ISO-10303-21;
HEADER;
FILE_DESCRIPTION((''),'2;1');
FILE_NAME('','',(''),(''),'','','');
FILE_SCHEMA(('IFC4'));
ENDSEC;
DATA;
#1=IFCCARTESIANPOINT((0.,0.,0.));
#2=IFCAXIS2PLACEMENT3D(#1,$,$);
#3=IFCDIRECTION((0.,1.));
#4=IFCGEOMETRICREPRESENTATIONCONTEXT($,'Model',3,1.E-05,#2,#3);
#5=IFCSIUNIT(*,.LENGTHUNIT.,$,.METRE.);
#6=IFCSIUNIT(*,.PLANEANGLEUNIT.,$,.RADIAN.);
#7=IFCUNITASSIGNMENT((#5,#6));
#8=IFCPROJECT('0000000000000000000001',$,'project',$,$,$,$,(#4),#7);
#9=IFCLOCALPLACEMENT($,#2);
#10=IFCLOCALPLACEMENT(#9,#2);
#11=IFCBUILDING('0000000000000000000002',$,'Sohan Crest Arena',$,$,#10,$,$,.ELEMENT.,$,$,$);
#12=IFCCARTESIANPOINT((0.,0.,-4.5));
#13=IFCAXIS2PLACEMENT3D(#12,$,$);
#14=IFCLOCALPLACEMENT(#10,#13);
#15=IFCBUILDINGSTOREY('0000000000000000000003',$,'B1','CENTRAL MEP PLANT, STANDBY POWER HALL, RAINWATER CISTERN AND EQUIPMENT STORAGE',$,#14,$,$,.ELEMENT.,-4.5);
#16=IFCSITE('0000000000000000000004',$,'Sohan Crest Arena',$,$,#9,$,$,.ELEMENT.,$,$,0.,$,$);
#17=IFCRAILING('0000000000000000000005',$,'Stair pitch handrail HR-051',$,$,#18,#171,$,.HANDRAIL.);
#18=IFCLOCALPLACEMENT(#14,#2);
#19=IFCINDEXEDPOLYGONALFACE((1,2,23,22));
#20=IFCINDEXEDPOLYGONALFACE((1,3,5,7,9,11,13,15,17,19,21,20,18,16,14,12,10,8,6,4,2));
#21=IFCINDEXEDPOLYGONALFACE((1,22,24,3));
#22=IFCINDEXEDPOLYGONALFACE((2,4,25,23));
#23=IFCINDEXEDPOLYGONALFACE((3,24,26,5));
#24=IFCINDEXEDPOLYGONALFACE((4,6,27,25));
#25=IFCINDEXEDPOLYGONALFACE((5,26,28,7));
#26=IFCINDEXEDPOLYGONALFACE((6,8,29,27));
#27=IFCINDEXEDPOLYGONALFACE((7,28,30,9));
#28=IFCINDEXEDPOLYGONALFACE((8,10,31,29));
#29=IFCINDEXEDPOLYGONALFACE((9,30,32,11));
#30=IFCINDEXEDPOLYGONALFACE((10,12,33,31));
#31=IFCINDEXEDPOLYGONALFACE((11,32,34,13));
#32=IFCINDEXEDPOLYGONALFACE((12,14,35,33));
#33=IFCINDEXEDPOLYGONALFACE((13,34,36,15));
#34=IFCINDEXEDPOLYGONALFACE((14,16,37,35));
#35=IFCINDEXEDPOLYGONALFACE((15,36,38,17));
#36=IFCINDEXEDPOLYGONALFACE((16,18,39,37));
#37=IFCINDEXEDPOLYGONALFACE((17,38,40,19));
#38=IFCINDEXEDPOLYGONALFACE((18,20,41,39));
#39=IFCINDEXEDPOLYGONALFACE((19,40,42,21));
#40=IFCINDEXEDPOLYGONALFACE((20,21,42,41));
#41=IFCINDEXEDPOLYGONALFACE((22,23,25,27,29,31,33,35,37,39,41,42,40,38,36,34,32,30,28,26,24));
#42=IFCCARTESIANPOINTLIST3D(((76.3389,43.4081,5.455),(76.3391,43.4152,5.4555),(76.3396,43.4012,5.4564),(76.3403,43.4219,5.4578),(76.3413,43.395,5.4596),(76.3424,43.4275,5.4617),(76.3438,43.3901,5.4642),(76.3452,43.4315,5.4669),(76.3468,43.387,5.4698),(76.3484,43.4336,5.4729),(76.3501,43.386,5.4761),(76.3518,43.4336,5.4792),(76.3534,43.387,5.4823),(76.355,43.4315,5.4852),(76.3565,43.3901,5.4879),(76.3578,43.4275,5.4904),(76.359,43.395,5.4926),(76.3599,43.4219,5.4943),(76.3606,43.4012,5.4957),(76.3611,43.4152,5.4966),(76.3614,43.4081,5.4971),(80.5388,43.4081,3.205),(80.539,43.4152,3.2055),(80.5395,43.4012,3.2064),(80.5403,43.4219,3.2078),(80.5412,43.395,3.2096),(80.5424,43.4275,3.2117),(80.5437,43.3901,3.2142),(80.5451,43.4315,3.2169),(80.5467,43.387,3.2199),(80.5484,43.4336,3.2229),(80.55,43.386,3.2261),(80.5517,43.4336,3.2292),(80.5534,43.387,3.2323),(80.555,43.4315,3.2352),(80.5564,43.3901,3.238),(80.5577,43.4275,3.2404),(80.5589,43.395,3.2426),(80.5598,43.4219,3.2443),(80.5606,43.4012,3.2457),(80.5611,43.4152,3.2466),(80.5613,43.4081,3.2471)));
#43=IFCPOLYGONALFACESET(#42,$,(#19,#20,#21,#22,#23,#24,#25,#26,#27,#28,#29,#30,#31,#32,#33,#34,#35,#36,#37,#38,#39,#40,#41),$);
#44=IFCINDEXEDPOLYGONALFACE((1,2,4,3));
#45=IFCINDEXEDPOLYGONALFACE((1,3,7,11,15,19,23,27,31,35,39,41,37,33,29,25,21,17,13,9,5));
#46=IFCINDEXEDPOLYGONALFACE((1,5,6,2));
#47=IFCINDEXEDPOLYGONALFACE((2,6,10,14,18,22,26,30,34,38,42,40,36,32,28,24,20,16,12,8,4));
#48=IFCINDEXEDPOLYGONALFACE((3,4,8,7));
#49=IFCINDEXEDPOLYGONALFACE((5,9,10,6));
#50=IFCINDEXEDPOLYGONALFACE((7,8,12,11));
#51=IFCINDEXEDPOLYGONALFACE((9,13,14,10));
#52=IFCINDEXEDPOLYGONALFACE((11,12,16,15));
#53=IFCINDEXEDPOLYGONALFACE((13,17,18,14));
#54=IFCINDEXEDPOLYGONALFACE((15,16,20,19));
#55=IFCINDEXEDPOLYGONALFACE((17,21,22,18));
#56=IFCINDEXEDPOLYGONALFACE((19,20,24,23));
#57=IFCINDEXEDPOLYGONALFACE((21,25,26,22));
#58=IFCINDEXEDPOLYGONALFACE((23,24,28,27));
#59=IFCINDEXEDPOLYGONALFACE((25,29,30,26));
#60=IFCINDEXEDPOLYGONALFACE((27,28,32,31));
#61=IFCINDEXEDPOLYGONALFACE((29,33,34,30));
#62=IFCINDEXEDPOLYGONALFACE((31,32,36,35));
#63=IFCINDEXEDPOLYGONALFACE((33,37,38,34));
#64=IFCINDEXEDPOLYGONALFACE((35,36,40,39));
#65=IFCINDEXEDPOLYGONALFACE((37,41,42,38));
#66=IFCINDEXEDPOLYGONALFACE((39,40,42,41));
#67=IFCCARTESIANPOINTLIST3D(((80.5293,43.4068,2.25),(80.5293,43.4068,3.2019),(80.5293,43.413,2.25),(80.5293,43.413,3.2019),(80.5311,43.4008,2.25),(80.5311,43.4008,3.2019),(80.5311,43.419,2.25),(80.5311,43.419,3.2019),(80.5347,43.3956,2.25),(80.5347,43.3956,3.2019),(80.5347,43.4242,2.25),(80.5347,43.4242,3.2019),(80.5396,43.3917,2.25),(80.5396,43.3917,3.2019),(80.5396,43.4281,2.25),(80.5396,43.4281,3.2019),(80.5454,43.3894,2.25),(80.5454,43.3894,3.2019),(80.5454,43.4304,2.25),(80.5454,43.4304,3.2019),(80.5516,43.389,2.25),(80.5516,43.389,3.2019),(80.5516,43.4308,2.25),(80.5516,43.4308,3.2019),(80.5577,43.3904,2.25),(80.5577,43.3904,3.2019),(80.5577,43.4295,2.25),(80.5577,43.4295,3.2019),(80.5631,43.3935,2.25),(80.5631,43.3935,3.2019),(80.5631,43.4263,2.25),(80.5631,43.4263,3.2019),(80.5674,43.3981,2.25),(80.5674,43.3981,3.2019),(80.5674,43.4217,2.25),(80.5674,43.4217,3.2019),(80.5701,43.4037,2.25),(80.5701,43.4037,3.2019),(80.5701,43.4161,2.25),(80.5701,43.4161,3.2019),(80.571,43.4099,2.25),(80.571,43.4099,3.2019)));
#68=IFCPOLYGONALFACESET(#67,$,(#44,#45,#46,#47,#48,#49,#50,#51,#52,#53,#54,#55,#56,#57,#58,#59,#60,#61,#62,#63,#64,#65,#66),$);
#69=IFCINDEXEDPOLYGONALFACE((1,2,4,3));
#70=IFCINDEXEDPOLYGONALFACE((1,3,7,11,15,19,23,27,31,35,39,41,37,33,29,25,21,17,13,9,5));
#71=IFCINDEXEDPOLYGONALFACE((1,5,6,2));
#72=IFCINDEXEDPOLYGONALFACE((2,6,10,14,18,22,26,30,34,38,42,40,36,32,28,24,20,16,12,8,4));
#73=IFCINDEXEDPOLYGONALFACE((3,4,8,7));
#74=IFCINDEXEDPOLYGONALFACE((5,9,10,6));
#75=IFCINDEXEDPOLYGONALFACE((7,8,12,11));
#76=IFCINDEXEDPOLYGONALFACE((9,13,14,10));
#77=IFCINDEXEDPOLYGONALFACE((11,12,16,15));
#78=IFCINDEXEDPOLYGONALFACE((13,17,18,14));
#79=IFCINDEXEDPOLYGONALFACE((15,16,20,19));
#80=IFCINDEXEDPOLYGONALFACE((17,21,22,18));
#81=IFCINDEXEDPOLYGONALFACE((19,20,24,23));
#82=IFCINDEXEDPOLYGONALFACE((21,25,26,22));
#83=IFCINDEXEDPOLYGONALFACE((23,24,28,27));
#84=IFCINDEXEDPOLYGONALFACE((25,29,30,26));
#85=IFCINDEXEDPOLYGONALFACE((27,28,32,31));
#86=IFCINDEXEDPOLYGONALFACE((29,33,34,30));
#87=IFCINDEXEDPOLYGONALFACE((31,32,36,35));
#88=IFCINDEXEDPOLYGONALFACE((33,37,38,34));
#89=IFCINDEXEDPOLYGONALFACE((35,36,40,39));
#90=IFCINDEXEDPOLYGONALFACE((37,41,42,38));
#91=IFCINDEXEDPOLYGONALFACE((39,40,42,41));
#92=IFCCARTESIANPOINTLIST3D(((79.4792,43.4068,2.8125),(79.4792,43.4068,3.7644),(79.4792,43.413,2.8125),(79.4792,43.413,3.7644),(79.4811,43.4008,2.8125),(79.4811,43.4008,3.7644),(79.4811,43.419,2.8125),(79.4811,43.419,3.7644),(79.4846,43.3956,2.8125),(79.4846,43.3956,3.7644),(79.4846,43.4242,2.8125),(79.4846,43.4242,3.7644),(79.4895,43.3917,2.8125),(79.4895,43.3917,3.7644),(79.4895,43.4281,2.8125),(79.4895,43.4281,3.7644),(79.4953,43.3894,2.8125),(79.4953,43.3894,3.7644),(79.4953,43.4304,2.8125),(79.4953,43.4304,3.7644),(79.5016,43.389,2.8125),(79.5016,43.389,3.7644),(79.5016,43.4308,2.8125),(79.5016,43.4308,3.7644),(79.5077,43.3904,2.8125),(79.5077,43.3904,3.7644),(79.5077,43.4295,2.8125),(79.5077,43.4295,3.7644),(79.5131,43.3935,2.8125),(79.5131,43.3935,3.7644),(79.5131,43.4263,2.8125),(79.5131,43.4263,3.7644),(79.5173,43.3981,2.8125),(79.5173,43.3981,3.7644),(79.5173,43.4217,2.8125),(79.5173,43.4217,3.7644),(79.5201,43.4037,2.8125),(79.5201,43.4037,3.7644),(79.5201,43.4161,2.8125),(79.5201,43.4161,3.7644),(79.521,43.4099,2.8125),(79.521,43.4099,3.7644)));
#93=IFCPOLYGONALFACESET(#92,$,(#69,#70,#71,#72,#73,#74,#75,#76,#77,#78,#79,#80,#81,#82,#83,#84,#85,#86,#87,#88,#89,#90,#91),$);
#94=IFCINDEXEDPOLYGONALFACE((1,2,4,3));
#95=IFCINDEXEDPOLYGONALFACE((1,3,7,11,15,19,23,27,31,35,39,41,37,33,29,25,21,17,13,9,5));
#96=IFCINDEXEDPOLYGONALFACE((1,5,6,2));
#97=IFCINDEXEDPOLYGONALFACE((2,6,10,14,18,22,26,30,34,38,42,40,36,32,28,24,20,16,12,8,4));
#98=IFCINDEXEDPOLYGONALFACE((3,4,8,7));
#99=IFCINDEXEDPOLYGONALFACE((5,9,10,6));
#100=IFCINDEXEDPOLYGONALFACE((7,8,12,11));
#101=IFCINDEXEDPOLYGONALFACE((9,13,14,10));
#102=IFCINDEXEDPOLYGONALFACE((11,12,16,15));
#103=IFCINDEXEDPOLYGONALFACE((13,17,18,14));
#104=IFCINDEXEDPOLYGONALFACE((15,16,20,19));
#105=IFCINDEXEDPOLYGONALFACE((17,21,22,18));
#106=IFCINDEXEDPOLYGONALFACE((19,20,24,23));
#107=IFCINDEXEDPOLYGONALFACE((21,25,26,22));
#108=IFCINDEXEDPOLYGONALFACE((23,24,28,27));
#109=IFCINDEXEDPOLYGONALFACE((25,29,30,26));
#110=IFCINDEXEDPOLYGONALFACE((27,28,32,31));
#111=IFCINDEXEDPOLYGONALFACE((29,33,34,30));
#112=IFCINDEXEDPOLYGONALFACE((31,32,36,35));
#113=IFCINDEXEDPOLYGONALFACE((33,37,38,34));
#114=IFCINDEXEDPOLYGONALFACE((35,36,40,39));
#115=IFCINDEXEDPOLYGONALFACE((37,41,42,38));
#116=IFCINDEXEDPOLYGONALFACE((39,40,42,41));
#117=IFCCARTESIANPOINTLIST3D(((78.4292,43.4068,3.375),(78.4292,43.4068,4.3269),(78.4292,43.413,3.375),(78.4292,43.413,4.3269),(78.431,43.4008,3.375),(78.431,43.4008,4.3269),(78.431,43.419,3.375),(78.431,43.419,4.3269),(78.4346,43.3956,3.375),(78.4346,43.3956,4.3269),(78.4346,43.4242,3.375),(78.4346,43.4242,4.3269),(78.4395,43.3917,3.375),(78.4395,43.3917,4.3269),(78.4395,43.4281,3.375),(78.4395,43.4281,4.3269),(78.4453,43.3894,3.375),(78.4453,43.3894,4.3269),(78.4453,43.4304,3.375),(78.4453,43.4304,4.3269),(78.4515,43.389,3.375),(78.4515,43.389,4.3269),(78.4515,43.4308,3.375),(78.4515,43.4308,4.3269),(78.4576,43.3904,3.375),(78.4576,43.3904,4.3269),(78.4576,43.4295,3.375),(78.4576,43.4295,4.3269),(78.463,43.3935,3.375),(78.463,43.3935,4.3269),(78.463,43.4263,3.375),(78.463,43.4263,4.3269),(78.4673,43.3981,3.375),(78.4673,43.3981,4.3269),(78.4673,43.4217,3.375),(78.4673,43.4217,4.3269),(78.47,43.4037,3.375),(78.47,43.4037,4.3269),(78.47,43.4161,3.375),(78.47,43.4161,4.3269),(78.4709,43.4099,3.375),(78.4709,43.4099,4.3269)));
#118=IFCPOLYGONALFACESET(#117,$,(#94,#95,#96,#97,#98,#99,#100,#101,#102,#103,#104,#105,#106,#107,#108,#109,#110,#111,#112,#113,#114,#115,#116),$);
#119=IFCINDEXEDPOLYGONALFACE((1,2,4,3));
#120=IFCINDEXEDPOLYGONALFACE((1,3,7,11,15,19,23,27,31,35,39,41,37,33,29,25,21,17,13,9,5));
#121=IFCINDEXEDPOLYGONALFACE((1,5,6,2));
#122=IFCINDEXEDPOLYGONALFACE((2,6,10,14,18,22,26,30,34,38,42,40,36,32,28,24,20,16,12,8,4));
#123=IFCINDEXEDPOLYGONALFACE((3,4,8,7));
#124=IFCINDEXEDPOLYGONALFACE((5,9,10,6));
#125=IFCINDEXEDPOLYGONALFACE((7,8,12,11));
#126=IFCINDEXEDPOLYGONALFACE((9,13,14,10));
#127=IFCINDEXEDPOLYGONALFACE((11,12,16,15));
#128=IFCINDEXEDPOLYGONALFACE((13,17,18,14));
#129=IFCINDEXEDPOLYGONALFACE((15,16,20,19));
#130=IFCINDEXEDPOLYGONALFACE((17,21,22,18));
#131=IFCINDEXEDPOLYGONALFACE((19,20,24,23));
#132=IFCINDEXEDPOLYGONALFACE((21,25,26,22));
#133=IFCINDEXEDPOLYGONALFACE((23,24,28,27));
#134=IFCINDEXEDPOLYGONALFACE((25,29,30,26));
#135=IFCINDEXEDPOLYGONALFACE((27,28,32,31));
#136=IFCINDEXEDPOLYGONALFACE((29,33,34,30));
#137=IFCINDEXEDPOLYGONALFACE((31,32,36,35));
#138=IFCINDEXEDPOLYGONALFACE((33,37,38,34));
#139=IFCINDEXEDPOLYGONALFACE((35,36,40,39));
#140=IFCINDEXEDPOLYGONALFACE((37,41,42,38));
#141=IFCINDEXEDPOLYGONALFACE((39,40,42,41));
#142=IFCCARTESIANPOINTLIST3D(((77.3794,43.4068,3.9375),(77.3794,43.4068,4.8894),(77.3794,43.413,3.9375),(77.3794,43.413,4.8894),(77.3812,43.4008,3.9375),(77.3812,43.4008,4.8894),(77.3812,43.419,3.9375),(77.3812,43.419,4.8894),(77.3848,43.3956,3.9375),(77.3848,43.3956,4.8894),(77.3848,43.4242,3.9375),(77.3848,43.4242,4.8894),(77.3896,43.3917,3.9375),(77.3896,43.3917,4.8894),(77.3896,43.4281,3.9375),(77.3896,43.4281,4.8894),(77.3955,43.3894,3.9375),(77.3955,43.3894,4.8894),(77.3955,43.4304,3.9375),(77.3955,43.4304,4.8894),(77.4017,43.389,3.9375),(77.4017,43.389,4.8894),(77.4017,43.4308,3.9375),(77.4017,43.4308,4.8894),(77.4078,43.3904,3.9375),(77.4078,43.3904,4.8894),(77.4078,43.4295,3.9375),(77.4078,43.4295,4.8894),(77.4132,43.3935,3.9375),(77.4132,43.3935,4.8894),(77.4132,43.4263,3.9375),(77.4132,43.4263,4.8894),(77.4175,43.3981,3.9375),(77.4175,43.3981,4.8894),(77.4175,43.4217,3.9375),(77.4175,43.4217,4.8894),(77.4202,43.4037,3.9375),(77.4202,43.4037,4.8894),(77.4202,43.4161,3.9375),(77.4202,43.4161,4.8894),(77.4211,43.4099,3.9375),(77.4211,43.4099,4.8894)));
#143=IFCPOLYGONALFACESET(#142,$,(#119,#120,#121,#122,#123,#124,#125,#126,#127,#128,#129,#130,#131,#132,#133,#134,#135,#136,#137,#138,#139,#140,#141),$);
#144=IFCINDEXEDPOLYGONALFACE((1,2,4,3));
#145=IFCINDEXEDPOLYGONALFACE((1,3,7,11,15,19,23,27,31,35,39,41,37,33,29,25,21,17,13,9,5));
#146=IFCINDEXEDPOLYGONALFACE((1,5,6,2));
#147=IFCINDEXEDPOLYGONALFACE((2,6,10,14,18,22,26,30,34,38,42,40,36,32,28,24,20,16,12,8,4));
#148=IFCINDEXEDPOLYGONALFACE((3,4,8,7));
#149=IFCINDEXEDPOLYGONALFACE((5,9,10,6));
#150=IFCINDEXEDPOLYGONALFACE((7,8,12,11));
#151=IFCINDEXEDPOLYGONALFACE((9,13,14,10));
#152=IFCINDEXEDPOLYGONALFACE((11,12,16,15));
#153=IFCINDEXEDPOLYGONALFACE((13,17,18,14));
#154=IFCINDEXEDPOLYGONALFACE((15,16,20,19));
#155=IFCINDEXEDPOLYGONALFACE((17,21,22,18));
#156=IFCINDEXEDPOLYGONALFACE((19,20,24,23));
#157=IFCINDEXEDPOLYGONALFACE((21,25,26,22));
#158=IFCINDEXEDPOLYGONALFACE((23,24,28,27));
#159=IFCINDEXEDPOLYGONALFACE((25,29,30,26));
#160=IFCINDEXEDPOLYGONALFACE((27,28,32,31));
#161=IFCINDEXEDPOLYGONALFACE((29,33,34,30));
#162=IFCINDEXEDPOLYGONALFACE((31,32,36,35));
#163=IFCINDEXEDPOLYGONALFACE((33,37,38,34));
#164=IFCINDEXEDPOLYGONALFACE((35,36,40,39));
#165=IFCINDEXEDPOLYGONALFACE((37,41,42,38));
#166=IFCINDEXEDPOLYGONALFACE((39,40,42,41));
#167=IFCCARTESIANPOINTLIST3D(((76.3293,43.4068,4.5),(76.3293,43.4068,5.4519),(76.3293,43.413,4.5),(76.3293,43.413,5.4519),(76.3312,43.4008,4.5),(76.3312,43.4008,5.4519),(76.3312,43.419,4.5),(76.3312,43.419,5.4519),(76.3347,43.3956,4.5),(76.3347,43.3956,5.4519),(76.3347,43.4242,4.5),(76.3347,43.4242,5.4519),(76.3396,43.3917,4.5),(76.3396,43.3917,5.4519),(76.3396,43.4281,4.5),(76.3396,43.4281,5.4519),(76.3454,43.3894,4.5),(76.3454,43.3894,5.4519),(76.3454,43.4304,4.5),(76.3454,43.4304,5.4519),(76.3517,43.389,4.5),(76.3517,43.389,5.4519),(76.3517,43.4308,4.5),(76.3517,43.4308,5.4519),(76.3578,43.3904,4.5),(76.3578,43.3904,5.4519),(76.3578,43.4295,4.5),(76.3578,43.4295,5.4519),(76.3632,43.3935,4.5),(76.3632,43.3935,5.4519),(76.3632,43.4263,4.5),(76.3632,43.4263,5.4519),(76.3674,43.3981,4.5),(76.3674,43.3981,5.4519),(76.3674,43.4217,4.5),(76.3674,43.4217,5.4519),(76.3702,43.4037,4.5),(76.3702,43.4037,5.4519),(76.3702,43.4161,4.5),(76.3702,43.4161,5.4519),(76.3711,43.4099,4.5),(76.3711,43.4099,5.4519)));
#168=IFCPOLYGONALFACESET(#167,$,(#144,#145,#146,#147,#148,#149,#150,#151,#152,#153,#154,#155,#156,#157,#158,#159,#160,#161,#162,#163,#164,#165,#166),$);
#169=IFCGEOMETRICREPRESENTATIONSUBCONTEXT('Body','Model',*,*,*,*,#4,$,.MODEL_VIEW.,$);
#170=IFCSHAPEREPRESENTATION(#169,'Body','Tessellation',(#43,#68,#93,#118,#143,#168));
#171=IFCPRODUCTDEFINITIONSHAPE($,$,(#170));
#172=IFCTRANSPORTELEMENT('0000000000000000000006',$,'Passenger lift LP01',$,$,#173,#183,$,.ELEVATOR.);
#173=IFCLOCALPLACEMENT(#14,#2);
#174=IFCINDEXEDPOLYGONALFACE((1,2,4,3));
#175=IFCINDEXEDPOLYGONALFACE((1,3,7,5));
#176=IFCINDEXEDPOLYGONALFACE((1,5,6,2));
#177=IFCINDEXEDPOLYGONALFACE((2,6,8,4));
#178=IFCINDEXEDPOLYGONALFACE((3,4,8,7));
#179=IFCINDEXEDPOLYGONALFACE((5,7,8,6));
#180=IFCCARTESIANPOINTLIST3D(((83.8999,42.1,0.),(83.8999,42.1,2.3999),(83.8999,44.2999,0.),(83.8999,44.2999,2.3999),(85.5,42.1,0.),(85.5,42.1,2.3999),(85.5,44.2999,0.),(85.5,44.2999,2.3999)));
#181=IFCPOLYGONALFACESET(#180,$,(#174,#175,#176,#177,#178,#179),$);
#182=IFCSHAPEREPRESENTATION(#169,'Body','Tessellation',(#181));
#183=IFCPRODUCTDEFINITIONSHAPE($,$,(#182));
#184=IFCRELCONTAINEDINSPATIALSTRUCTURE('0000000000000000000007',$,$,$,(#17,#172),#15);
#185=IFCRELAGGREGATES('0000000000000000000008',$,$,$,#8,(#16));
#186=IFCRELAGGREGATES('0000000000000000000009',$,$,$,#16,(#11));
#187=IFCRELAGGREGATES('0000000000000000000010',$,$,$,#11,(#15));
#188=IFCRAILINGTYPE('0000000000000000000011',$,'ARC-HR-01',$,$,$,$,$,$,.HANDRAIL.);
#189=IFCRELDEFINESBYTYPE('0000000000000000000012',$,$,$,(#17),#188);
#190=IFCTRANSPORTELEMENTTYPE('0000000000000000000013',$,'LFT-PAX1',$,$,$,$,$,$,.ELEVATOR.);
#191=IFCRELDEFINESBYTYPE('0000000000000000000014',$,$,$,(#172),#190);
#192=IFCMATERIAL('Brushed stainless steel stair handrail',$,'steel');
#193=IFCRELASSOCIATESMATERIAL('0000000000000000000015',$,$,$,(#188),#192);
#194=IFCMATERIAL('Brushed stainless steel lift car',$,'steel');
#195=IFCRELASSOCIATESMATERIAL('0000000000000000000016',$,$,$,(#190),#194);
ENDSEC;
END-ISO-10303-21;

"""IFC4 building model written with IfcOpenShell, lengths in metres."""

from ifc_helpers import new_model, si_unit, direction, frame, origin, origin_2d, place, context, subcontext, project, spatial, rectangle, circle, extrude, material, type_object, element, save


model = new_model("IFC4")

# Units and contexts
model_context = context("Model", 3, precision=1e-05, world=origin(), true_north=direction((0.0, 1.0)))
body_context = subcontext(model_context, "Body", "Model", "MODEL_VIEW")
ifc_project = project(units=[si_unit("LENGTHUNIT", "METRE"), si_unit("PLANEANGLEUNIT", "RADIAN")], contexts=[model_context])

# Site, building, storey
site_placement = place(None, origin())
site = spatial("IfcSite", under=ifc_project, at=site_placement, Name="Sohan Crest Arena", CompositionType="ELEMENT", RefElevation=0.0)
building_placement = place(site_placement, origin())
building = spatial("IfcBuilding", under=site, at=building_placement, Name="Sohan Crest Arena", CompositionType="ELEMENT")
storey_placement = place(building_placement, frame((0.0, 0.0, -4.5)))
storey = spatial("IfcBuildingStorey", under=building, at=storey_placement, Name="B1", Description="CENTRAL MEP PLANT, STANDBY POWER HALL, RAINWATER CISTERN AND EQUIPMENT STORAGE", CompositionType="ELEMENT", Elevation=-4.5)

# Railing
ifc_material_1 = material(Name="Brushed stainless steel stair handrail", Category="steel")
railing_type_1 = type_object("IfcRailingType", Name="ARC-HR-01", PredefinedType="HANDRAIL", material=ifc_material_1)
railing_1_placement = place(storey_placement, frame((80.55, 43.4099, 2.25)))
element("IfcRailing", 1, at=railing_1_placement, inside=storey, type_object=railing_type_1, Name="Stair pitch handrail HR-051", PredefinedType="HANDRAIL", context=body_context, shape_type="SweptSolid", body=[
    extrude(circle(Radius=0.0239, at=origin_2d()), frame((0.0, 0.0, 0.9761), z_axis=(-0.881478, 0.0, 0.472226), x_axis=(0.0, -1.0, 0.0)), (0.0, 0.0, 1.0), 4.7646),
    extrude(circle(Radius=0.021, at=origin_2d()), origin(), (0.0, 0.0, 1.0), 0.9519),
    extrude(circle(Radius=0.021, at=origin_2d()), frame((-1.05, 0.0, 0.5625)), (0.0, 0.0, 1.0), 0.9519),
    extrude(circle(Radius=0.021, at=origin_2d()), frame((-2.1001, 0.0, 1.125)), (0.0, 0.0, 1.0), 0.9519),
    extrude(circle(Radius=0.021, at=origin_2d()), frame((-3.1499, 0.0, 1.6875)), (0.0, 0.0, 1.0), 0.9519),
    extrude(circle(Radius=0.021, at=origin_2d()), frame((-4.2, 0.0, 2.25)), (0.0, 0.0, 1.0), 0.9519),
])

# Transport element
ifc_material_2 = material(Name="Brushed stainless steel lift car", Category="steel")
transport_element_type = type_object("IfcTransportElementType", Name="LFT-PAX1", PredefinedType="ELEVATOR", material=ifc_material_2)
transport_element_placement = place(storey_placement, frame((84.7, 43.2, 0.0), z_axis=(0.0, 0.0, 1.0), x_axis=(1.0, 0.0, 0.0)))
element("IfcTransportElement", 2, at=transport_element_placement, inside=storey, type_object=transport_element_type, Name="Passenger lift LP01", PredefinedType="ELEVATOR", context=body_context, shape_type="SweptSolid", body=[
    extrude(rectangle(XDim=1.6001, YDim=2.2, at=origin_2d()), origin(), (0.0, 0.0, 1.0), 2.3999),
])

save(model, "model.ifc")
